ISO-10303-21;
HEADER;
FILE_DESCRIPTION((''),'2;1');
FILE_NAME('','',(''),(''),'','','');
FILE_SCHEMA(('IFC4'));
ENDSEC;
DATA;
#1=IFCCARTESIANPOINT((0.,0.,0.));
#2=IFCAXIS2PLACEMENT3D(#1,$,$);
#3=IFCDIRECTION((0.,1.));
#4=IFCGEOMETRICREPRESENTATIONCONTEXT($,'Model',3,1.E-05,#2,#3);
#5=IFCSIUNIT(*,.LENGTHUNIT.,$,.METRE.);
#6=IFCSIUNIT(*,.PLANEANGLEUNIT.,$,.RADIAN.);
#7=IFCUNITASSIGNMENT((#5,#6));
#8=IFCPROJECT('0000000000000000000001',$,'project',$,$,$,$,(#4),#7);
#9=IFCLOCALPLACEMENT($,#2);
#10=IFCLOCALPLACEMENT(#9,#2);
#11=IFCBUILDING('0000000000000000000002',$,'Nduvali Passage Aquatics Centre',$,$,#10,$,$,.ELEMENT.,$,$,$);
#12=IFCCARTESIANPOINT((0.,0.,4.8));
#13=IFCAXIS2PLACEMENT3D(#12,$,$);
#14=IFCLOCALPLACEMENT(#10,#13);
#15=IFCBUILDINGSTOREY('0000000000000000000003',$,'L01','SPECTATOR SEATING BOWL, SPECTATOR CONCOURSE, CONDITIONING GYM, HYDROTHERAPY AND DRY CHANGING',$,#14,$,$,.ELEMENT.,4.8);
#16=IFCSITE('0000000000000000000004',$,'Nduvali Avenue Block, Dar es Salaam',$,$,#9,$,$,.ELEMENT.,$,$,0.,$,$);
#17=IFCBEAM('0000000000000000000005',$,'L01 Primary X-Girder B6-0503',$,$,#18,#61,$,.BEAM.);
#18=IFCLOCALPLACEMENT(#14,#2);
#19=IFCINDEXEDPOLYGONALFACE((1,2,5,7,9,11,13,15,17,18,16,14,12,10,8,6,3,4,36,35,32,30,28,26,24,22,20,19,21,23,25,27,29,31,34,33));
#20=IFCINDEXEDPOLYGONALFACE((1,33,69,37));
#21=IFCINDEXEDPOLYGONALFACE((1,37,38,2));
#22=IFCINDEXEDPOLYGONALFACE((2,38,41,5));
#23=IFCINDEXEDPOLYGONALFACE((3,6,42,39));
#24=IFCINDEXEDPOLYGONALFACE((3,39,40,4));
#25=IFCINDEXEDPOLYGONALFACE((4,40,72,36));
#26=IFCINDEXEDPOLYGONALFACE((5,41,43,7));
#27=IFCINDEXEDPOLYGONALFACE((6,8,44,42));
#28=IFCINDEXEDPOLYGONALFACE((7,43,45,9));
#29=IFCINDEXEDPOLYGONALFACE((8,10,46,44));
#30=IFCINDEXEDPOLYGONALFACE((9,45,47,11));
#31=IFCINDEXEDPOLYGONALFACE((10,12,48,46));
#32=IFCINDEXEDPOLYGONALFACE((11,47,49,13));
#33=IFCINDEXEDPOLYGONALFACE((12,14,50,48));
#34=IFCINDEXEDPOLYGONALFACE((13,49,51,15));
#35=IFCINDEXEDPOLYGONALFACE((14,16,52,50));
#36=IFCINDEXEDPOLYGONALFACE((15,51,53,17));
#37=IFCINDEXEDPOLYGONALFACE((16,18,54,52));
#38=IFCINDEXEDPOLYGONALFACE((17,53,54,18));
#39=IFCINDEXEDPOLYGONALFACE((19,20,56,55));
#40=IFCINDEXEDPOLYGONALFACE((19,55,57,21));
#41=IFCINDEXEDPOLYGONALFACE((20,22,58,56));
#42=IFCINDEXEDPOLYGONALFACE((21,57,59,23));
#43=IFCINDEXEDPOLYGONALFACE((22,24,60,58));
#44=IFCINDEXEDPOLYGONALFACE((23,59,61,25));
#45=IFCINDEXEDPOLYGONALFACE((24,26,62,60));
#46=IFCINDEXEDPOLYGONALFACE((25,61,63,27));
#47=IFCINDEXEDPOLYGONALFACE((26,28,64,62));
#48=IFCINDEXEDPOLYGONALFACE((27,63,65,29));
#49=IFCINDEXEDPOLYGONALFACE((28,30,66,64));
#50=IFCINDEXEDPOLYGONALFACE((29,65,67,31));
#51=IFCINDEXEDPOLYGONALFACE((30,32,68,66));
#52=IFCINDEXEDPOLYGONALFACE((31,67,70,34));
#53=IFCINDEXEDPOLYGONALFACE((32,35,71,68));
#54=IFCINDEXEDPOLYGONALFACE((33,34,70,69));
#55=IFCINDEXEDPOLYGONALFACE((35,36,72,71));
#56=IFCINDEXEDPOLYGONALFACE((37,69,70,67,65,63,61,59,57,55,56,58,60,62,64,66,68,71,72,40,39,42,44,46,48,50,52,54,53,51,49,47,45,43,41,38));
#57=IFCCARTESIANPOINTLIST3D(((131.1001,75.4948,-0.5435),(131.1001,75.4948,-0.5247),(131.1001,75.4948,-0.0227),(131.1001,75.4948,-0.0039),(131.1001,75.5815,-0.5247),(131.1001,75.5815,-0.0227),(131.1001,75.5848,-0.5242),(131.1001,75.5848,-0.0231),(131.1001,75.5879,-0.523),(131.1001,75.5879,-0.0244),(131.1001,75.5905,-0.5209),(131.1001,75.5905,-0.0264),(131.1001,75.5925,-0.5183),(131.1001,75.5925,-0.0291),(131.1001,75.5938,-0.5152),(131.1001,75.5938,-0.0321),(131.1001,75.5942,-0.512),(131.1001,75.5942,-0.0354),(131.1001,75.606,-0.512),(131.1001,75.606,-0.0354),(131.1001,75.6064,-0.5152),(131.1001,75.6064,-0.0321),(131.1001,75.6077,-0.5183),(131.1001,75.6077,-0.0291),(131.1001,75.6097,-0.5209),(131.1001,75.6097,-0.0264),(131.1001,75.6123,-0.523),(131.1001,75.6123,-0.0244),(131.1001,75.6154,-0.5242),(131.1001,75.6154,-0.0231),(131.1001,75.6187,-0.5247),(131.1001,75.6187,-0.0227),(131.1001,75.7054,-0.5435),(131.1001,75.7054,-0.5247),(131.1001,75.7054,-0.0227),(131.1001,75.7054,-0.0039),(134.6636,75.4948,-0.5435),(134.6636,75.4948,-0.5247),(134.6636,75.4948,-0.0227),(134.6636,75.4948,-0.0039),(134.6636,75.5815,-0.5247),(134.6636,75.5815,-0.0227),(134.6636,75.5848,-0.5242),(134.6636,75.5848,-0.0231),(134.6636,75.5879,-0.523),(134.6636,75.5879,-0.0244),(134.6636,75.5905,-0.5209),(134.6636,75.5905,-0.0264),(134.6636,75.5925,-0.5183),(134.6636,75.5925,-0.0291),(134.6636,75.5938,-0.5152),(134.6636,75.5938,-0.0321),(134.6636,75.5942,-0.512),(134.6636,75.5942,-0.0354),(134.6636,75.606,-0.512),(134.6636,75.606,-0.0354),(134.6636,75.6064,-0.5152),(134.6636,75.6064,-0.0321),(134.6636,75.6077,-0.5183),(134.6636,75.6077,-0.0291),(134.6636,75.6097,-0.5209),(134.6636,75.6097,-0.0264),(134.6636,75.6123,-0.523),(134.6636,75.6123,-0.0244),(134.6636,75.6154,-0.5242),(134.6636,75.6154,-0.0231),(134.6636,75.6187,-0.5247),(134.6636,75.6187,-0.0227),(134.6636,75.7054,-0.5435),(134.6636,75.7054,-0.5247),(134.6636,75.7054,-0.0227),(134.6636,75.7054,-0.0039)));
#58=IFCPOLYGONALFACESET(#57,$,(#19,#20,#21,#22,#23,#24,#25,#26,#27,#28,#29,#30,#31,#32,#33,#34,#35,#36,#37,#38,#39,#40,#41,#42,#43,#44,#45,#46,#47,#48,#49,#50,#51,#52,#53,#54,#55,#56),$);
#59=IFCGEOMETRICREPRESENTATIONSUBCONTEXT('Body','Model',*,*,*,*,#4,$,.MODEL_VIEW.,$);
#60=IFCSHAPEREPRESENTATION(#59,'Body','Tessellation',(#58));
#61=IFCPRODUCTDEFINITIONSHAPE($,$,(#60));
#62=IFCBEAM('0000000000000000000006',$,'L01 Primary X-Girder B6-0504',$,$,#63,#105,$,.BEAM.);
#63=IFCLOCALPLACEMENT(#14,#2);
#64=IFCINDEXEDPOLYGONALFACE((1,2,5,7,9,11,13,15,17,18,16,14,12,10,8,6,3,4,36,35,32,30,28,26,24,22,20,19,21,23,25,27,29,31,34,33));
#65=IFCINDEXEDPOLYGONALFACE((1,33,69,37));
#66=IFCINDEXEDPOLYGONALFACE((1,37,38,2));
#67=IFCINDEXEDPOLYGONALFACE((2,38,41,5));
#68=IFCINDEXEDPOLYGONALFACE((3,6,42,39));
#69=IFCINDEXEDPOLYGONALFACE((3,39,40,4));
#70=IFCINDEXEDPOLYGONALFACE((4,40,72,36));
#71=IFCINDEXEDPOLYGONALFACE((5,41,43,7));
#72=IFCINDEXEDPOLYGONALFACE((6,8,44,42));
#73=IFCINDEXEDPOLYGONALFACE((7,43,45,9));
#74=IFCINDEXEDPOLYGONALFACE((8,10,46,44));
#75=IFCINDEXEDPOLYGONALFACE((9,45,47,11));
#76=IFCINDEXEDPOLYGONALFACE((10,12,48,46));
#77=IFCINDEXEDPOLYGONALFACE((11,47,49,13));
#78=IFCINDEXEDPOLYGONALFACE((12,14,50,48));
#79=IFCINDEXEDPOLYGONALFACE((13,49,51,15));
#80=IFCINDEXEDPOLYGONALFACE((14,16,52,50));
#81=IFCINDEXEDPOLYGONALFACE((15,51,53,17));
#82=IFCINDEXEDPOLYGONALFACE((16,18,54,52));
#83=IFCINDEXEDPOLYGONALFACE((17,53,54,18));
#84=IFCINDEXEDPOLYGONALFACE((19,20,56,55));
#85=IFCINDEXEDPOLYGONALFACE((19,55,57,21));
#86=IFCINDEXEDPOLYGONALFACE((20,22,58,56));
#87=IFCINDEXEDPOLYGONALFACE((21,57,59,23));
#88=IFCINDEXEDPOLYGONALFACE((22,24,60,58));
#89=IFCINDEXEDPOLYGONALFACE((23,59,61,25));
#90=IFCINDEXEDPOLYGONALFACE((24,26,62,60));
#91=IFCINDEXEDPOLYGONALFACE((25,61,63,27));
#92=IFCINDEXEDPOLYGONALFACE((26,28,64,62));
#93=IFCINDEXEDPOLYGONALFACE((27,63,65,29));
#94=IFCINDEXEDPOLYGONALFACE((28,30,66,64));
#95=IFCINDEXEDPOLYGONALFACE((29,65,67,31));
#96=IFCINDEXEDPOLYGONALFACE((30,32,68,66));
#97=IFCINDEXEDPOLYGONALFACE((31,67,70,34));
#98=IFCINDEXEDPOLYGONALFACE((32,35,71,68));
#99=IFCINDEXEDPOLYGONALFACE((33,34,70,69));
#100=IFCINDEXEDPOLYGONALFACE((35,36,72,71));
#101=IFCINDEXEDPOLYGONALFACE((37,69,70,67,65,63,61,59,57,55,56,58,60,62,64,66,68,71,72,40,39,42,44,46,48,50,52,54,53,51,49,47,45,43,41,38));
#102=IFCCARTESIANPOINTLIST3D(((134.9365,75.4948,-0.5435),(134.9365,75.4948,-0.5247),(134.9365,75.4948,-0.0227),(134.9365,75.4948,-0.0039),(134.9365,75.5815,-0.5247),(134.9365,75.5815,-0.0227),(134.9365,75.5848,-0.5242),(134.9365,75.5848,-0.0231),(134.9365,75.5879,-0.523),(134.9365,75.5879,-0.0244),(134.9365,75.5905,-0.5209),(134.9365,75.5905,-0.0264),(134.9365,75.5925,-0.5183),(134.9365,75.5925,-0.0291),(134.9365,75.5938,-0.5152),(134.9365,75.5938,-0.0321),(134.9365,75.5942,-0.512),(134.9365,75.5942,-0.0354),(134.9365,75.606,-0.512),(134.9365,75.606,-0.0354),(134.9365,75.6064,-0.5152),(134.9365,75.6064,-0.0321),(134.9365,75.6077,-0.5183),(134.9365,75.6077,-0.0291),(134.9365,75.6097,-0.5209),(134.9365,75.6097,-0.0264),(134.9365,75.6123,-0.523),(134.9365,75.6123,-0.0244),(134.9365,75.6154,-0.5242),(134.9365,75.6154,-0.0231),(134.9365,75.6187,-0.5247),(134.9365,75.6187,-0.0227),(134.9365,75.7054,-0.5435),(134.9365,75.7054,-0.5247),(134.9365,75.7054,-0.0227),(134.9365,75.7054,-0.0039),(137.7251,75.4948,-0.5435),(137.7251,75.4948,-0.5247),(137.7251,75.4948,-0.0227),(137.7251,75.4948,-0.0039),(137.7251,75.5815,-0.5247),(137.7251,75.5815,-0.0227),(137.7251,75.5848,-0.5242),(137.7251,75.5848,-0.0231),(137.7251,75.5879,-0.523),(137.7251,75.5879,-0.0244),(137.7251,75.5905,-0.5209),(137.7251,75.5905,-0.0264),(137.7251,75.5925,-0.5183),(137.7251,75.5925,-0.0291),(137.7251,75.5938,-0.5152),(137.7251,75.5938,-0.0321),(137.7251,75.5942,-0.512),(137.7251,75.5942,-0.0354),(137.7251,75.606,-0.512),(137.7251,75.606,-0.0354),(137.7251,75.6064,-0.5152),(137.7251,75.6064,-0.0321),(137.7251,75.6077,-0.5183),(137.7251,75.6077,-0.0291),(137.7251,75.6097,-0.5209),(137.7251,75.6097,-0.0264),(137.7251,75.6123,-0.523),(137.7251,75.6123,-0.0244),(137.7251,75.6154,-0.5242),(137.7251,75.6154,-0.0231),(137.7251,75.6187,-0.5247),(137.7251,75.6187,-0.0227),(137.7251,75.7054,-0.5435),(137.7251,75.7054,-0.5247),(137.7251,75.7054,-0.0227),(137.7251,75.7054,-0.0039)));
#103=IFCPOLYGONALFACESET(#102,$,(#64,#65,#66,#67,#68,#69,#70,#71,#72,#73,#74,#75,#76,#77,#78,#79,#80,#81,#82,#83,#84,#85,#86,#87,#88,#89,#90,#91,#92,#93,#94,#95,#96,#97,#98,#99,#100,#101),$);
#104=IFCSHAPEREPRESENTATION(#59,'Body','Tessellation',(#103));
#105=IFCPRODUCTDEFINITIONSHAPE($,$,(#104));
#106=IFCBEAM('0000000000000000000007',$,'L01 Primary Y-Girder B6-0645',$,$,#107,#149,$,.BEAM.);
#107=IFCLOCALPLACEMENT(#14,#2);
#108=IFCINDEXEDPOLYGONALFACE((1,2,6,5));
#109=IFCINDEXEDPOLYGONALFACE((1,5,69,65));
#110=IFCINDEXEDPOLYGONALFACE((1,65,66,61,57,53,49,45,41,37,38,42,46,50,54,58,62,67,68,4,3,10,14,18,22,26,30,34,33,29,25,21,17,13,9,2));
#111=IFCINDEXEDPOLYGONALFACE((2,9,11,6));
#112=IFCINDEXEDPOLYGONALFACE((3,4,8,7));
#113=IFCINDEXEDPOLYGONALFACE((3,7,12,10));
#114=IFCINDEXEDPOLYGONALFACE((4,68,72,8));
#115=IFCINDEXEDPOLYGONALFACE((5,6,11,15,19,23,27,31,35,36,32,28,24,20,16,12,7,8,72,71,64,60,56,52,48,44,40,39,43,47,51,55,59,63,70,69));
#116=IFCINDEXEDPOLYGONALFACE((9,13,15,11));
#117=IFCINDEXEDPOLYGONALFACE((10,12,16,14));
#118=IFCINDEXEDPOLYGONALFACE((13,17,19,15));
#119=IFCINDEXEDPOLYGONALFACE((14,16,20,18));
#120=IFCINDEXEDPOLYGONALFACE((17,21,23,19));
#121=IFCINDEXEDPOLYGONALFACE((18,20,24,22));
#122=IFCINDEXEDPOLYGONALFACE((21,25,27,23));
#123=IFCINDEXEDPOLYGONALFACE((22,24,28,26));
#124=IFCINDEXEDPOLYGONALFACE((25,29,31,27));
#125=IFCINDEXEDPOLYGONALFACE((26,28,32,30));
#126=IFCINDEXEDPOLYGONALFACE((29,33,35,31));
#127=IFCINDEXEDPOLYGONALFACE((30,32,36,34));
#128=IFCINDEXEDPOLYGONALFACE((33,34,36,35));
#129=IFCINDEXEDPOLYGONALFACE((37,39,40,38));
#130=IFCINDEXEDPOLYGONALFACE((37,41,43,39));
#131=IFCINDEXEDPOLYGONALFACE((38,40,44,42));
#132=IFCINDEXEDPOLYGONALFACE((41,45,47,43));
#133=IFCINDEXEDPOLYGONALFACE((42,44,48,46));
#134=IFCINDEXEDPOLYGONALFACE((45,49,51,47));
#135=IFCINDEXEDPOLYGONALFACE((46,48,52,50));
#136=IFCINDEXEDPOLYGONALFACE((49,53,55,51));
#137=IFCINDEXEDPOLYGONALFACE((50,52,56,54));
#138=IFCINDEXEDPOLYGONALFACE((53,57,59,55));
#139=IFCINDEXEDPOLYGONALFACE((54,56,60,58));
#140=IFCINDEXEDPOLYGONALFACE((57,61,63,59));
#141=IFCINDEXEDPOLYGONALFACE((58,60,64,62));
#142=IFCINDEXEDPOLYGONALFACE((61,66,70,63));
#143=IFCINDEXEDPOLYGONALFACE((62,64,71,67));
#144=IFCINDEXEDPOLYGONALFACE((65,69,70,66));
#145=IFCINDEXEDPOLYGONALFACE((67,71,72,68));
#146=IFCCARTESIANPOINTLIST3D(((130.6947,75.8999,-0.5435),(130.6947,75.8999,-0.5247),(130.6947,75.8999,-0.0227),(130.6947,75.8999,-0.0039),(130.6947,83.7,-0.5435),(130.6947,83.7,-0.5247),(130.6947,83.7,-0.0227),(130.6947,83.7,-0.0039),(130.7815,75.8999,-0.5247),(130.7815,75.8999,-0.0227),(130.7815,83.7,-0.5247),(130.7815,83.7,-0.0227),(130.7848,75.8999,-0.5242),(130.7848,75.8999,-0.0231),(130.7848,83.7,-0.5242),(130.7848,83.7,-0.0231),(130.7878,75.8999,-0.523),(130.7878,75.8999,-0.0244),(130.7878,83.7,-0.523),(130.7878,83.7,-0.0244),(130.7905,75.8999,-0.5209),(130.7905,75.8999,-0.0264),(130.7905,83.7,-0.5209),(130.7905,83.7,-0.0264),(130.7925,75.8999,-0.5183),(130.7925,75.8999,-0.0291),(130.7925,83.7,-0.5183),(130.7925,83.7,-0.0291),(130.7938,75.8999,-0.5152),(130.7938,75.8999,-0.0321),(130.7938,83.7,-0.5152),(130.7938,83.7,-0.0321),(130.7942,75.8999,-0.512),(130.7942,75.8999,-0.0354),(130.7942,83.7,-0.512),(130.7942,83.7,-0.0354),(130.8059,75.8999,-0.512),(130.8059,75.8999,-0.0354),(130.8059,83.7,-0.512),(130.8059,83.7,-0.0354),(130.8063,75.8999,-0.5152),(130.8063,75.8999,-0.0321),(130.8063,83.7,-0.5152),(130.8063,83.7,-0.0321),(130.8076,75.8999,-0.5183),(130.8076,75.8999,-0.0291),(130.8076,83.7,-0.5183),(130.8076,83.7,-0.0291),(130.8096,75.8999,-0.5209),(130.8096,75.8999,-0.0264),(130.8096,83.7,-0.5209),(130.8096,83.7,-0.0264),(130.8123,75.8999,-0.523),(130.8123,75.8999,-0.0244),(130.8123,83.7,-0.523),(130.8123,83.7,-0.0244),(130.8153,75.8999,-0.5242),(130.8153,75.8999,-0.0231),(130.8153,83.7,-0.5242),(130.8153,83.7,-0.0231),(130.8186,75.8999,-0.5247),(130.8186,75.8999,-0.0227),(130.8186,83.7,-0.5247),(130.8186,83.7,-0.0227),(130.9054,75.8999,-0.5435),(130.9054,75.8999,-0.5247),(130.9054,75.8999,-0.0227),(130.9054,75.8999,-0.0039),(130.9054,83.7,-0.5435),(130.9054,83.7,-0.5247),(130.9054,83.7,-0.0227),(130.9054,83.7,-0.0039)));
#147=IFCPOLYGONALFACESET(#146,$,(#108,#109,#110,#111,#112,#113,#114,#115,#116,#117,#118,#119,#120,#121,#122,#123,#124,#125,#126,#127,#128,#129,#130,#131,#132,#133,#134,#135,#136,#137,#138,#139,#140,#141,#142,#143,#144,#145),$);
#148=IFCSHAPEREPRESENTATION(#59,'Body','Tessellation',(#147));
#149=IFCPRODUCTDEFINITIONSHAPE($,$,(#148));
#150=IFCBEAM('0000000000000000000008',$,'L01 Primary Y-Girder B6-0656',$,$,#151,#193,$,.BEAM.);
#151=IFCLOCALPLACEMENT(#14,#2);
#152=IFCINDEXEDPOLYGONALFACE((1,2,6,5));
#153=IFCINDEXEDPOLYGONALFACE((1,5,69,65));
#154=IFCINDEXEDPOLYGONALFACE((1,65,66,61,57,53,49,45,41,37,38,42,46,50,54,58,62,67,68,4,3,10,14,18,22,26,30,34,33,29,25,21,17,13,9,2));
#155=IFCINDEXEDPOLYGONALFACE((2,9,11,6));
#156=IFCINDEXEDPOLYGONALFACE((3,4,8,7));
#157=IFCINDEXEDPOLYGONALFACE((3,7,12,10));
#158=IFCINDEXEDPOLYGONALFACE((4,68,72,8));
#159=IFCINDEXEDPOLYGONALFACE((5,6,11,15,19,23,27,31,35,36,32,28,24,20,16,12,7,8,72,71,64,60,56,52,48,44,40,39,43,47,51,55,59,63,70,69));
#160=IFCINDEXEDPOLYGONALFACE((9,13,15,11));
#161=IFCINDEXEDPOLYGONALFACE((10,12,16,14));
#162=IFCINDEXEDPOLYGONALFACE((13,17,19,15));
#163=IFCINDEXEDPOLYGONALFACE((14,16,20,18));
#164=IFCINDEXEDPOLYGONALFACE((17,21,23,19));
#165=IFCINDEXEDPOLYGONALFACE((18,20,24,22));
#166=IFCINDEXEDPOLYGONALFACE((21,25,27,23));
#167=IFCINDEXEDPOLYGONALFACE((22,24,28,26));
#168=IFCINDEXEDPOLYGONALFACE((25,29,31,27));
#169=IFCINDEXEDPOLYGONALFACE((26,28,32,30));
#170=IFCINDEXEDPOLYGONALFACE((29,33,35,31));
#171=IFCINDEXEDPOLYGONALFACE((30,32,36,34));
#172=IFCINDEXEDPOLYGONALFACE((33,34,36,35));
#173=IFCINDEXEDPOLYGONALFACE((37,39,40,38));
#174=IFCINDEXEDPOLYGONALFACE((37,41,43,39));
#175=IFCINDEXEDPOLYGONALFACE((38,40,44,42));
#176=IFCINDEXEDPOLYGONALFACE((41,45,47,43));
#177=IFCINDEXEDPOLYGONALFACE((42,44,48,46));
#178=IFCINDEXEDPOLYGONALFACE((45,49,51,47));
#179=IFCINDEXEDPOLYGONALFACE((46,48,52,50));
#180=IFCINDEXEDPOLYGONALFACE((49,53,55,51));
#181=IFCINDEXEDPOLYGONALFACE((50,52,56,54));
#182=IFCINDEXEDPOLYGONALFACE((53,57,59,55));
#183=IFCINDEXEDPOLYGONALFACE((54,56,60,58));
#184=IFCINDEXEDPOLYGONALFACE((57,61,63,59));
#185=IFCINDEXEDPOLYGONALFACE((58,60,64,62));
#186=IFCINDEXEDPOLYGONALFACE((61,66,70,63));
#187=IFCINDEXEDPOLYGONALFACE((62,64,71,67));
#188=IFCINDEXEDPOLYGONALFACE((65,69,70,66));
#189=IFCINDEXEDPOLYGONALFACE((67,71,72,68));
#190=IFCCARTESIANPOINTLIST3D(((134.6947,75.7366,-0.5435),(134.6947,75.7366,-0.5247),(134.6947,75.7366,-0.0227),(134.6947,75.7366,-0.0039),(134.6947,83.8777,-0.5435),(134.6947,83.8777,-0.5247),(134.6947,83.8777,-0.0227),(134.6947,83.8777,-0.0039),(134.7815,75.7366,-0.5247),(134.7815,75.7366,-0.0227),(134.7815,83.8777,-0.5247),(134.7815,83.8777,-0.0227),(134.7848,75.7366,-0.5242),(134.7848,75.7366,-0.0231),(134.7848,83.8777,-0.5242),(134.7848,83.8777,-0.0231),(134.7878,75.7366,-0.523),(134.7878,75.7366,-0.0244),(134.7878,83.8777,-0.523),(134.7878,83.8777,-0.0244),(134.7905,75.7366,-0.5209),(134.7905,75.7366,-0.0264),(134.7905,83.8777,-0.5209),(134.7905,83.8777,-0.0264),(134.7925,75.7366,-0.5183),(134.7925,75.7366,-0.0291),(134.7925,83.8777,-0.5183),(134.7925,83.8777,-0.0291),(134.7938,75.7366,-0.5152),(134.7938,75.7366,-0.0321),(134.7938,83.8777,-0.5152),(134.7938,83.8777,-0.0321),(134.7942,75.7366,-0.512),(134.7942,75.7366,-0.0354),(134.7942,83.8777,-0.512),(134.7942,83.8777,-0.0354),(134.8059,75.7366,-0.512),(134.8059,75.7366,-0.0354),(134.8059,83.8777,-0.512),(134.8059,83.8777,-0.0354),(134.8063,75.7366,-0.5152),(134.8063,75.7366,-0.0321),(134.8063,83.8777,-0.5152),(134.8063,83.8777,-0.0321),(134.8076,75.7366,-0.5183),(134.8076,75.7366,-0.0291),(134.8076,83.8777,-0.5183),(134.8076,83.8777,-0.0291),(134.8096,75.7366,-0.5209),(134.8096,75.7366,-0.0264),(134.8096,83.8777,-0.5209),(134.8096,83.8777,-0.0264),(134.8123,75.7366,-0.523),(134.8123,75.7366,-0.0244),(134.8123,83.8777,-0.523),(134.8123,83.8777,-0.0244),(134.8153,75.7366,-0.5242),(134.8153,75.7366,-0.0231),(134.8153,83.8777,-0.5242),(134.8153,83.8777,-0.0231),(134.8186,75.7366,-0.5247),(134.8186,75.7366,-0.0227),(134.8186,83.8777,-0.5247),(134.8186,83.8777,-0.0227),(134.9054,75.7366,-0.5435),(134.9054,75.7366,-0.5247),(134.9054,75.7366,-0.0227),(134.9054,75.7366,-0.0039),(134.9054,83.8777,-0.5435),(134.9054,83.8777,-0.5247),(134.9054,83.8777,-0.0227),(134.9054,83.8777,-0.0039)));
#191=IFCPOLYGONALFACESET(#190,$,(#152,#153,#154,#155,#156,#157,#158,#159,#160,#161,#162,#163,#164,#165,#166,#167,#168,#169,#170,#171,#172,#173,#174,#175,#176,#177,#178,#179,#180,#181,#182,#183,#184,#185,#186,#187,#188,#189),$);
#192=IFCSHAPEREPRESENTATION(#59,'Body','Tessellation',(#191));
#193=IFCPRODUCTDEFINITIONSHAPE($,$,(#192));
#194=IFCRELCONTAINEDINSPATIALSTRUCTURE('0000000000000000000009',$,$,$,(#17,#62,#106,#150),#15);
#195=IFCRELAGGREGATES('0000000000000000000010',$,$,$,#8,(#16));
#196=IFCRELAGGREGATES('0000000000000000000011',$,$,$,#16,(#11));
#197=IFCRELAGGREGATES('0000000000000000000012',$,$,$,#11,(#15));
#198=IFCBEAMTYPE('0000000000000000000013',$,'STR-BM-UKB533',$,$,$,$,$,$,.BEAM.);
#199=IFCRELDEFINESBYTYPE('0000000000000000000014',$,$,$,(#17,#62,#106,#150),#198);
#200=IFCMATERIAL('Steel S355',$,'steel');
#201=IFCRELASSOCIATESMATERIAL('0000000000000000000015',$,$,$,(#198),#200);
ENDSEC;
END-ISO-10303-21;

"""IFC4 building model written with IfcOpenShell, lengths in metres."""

from ifc_helpers import new_model, si_unit, direction, frame, origin, origin_2d, place, context, subcontext, project, spatial, i_section, extrude, material, material_profile, profile_set, type_object, element, save


model = new_model("IFC4")

# Units and contexts
model_context = context("Model", 3, precision=1e-05, world=origin(), true_north=direction((0.0, 1.0)))
body_context = subcontext(model_context, "Body", "Model", "MODEL_VIEW")
ifc_project = project(units=[si_unit("LENGTHUNIT", "METRE"), si_unit("PLANEANGLEUNIT", "RADIAN")], contexts=[model_context])

# Site, building, storey
site_placement = place(None, origin())
site = spatial("IfcSite", under=ifc_project, at=site_placement, Name="Nduvali Avenue Block, Dar es Salaam", CompositionType="ELEMENT", RefElevation=0.0)
building_placement = place(site_placement, origin())
building = spatial("IfcBuilding", under=site, at=building_placement, Name="Nduvali Passage Aquatics Centre", CompositionType="ELEMENT")
storey_placement = place(building_placement, frame((0.0, 0.0, 4.8)))
storey = spatial("IfcBuildingStorey", under=building, at=storey_placement, Name="L01", Description="SPECTATOR SEATING BOWL, SPECTATOR CONCOURSE, CONDITIONING GYM, HYDROTHERAPY AND DRY CHANGING", CompositionType="ELEMENT", Elevation=4.8)

# Shared definitions
ifc_material_1 = material(Name="Steel S355", Category="steel")

# Beams
ifc_material_profile_1 = material_profile(ifc_material_1, i_section(OverallWidth=0.2107, OverallDepth=0.5396, WebThickness=0.0117, FlangeThickness=0.0188, FilletRadius=0.0127, at=origin_2d()), Name="UKB 533x210x109")
ifc_profile_set_1 = profile_set([ifc_material_profile_1], Name="Steel S355")
beam_type_1 = type_object("IfcBeamType", Name="STR-BM-UKB533", PredefinedType="BEAM", material=ifc_profile_set_1)
beam_1_placement = place(storey_placement, frame((131.1001, 75.6001, -0.2737), z_axis=(1.0, 0.0, 0.0), x_axis=(0.0, 1.0, 0.0)))
element("IfcBeam", 1, at=beam_1_placement, inside=storey, type_object=beam_type_1, Name="L01 Primary X-Girder B6-0503", PredefinedType="BEAM", context=body_context, shape_type="SweptSolid", body=[
    extrude(i_section(OverallWidth=0.2107, OverallDepth=0.5396, WebThickness=0.0117, FlangeThickness=0.0188, FilletRadius=0.0127, at=origin_2d()), origin(), (0.0, 0.0, 1.0), 3.5635),
])
beam_2_placement = place(storey_placement, frame((134.9365, 75.6001, -0.2737), z_axis=(1.0, 0.0, 0.0), x_axis=(0.0, 1.0, 0.0)))
element("IfcBeam", 2, at=beam_2_placement, inside=storey, type_object=beam_type_1, Name="L01 Primary X-Girder B6-0504", PredefinedType="BEAM", context=body_context, shape_type="SweptSolid", body=[
    extrude(i_section(OverallWidth=0.2107, OverallDepth=0.5396, WebThickness=0.0117, FlangeThickness=0.0188, FilletRadius=0.0127, at=origin_2d()), origin(), (0.0, 0.0, 1.0), 2.7886),
])
beam_3_placement = place(storey_placement, frame((130.8, 75.8999, -0.2737), z_axis=(0.0, 1.0, 0.0), x_axis=(-1.0, 0.0, 0.0)))
element("IfcBeam", 3, at=beam_3_placement, inside=storey, type_object=beam_type_1, Name="L01 Primary Y-Girder B6-0645", PredefinedType="BEAM", context=body_context, shape_type="SweptSolid", body=[
    extrude(i_section(OverallWidth=0.2107, OverallDepth=0.5396, WebThickness=0.0117, FlangeThickness=0.0188, FilletRadius=0.0127, at=origin_2d()), origin(), (0.0, 0.0, 1.0), 7.8),
])
beam_4_placement = place(storey_placement, frame((134.8, 75.7366, -0.2737), z_axis=(0.0, 1.0, 0.0), x_axis=(-1.0, 0.0, 0.0)))
element("IfcBeam", 4, at=beam_4_placement, inside=storey, type_object=beam_type_1, Name="L01 Primary Y-Girder B6-0656", PredefinedType="BEAM", context=body_context, shape_type="SweptSolid", body=[
    extrude(i_section(OverallWidth=0.2107, OverallDepth=0.5396, WebThickness=0.0117, FlangeThickness=0.0188, FilletRadius=0.0127, at=origin_2d()), origin(), (0.0, 0.0, 1.0), 8.1411),
])

save(model, "model.ifc")
